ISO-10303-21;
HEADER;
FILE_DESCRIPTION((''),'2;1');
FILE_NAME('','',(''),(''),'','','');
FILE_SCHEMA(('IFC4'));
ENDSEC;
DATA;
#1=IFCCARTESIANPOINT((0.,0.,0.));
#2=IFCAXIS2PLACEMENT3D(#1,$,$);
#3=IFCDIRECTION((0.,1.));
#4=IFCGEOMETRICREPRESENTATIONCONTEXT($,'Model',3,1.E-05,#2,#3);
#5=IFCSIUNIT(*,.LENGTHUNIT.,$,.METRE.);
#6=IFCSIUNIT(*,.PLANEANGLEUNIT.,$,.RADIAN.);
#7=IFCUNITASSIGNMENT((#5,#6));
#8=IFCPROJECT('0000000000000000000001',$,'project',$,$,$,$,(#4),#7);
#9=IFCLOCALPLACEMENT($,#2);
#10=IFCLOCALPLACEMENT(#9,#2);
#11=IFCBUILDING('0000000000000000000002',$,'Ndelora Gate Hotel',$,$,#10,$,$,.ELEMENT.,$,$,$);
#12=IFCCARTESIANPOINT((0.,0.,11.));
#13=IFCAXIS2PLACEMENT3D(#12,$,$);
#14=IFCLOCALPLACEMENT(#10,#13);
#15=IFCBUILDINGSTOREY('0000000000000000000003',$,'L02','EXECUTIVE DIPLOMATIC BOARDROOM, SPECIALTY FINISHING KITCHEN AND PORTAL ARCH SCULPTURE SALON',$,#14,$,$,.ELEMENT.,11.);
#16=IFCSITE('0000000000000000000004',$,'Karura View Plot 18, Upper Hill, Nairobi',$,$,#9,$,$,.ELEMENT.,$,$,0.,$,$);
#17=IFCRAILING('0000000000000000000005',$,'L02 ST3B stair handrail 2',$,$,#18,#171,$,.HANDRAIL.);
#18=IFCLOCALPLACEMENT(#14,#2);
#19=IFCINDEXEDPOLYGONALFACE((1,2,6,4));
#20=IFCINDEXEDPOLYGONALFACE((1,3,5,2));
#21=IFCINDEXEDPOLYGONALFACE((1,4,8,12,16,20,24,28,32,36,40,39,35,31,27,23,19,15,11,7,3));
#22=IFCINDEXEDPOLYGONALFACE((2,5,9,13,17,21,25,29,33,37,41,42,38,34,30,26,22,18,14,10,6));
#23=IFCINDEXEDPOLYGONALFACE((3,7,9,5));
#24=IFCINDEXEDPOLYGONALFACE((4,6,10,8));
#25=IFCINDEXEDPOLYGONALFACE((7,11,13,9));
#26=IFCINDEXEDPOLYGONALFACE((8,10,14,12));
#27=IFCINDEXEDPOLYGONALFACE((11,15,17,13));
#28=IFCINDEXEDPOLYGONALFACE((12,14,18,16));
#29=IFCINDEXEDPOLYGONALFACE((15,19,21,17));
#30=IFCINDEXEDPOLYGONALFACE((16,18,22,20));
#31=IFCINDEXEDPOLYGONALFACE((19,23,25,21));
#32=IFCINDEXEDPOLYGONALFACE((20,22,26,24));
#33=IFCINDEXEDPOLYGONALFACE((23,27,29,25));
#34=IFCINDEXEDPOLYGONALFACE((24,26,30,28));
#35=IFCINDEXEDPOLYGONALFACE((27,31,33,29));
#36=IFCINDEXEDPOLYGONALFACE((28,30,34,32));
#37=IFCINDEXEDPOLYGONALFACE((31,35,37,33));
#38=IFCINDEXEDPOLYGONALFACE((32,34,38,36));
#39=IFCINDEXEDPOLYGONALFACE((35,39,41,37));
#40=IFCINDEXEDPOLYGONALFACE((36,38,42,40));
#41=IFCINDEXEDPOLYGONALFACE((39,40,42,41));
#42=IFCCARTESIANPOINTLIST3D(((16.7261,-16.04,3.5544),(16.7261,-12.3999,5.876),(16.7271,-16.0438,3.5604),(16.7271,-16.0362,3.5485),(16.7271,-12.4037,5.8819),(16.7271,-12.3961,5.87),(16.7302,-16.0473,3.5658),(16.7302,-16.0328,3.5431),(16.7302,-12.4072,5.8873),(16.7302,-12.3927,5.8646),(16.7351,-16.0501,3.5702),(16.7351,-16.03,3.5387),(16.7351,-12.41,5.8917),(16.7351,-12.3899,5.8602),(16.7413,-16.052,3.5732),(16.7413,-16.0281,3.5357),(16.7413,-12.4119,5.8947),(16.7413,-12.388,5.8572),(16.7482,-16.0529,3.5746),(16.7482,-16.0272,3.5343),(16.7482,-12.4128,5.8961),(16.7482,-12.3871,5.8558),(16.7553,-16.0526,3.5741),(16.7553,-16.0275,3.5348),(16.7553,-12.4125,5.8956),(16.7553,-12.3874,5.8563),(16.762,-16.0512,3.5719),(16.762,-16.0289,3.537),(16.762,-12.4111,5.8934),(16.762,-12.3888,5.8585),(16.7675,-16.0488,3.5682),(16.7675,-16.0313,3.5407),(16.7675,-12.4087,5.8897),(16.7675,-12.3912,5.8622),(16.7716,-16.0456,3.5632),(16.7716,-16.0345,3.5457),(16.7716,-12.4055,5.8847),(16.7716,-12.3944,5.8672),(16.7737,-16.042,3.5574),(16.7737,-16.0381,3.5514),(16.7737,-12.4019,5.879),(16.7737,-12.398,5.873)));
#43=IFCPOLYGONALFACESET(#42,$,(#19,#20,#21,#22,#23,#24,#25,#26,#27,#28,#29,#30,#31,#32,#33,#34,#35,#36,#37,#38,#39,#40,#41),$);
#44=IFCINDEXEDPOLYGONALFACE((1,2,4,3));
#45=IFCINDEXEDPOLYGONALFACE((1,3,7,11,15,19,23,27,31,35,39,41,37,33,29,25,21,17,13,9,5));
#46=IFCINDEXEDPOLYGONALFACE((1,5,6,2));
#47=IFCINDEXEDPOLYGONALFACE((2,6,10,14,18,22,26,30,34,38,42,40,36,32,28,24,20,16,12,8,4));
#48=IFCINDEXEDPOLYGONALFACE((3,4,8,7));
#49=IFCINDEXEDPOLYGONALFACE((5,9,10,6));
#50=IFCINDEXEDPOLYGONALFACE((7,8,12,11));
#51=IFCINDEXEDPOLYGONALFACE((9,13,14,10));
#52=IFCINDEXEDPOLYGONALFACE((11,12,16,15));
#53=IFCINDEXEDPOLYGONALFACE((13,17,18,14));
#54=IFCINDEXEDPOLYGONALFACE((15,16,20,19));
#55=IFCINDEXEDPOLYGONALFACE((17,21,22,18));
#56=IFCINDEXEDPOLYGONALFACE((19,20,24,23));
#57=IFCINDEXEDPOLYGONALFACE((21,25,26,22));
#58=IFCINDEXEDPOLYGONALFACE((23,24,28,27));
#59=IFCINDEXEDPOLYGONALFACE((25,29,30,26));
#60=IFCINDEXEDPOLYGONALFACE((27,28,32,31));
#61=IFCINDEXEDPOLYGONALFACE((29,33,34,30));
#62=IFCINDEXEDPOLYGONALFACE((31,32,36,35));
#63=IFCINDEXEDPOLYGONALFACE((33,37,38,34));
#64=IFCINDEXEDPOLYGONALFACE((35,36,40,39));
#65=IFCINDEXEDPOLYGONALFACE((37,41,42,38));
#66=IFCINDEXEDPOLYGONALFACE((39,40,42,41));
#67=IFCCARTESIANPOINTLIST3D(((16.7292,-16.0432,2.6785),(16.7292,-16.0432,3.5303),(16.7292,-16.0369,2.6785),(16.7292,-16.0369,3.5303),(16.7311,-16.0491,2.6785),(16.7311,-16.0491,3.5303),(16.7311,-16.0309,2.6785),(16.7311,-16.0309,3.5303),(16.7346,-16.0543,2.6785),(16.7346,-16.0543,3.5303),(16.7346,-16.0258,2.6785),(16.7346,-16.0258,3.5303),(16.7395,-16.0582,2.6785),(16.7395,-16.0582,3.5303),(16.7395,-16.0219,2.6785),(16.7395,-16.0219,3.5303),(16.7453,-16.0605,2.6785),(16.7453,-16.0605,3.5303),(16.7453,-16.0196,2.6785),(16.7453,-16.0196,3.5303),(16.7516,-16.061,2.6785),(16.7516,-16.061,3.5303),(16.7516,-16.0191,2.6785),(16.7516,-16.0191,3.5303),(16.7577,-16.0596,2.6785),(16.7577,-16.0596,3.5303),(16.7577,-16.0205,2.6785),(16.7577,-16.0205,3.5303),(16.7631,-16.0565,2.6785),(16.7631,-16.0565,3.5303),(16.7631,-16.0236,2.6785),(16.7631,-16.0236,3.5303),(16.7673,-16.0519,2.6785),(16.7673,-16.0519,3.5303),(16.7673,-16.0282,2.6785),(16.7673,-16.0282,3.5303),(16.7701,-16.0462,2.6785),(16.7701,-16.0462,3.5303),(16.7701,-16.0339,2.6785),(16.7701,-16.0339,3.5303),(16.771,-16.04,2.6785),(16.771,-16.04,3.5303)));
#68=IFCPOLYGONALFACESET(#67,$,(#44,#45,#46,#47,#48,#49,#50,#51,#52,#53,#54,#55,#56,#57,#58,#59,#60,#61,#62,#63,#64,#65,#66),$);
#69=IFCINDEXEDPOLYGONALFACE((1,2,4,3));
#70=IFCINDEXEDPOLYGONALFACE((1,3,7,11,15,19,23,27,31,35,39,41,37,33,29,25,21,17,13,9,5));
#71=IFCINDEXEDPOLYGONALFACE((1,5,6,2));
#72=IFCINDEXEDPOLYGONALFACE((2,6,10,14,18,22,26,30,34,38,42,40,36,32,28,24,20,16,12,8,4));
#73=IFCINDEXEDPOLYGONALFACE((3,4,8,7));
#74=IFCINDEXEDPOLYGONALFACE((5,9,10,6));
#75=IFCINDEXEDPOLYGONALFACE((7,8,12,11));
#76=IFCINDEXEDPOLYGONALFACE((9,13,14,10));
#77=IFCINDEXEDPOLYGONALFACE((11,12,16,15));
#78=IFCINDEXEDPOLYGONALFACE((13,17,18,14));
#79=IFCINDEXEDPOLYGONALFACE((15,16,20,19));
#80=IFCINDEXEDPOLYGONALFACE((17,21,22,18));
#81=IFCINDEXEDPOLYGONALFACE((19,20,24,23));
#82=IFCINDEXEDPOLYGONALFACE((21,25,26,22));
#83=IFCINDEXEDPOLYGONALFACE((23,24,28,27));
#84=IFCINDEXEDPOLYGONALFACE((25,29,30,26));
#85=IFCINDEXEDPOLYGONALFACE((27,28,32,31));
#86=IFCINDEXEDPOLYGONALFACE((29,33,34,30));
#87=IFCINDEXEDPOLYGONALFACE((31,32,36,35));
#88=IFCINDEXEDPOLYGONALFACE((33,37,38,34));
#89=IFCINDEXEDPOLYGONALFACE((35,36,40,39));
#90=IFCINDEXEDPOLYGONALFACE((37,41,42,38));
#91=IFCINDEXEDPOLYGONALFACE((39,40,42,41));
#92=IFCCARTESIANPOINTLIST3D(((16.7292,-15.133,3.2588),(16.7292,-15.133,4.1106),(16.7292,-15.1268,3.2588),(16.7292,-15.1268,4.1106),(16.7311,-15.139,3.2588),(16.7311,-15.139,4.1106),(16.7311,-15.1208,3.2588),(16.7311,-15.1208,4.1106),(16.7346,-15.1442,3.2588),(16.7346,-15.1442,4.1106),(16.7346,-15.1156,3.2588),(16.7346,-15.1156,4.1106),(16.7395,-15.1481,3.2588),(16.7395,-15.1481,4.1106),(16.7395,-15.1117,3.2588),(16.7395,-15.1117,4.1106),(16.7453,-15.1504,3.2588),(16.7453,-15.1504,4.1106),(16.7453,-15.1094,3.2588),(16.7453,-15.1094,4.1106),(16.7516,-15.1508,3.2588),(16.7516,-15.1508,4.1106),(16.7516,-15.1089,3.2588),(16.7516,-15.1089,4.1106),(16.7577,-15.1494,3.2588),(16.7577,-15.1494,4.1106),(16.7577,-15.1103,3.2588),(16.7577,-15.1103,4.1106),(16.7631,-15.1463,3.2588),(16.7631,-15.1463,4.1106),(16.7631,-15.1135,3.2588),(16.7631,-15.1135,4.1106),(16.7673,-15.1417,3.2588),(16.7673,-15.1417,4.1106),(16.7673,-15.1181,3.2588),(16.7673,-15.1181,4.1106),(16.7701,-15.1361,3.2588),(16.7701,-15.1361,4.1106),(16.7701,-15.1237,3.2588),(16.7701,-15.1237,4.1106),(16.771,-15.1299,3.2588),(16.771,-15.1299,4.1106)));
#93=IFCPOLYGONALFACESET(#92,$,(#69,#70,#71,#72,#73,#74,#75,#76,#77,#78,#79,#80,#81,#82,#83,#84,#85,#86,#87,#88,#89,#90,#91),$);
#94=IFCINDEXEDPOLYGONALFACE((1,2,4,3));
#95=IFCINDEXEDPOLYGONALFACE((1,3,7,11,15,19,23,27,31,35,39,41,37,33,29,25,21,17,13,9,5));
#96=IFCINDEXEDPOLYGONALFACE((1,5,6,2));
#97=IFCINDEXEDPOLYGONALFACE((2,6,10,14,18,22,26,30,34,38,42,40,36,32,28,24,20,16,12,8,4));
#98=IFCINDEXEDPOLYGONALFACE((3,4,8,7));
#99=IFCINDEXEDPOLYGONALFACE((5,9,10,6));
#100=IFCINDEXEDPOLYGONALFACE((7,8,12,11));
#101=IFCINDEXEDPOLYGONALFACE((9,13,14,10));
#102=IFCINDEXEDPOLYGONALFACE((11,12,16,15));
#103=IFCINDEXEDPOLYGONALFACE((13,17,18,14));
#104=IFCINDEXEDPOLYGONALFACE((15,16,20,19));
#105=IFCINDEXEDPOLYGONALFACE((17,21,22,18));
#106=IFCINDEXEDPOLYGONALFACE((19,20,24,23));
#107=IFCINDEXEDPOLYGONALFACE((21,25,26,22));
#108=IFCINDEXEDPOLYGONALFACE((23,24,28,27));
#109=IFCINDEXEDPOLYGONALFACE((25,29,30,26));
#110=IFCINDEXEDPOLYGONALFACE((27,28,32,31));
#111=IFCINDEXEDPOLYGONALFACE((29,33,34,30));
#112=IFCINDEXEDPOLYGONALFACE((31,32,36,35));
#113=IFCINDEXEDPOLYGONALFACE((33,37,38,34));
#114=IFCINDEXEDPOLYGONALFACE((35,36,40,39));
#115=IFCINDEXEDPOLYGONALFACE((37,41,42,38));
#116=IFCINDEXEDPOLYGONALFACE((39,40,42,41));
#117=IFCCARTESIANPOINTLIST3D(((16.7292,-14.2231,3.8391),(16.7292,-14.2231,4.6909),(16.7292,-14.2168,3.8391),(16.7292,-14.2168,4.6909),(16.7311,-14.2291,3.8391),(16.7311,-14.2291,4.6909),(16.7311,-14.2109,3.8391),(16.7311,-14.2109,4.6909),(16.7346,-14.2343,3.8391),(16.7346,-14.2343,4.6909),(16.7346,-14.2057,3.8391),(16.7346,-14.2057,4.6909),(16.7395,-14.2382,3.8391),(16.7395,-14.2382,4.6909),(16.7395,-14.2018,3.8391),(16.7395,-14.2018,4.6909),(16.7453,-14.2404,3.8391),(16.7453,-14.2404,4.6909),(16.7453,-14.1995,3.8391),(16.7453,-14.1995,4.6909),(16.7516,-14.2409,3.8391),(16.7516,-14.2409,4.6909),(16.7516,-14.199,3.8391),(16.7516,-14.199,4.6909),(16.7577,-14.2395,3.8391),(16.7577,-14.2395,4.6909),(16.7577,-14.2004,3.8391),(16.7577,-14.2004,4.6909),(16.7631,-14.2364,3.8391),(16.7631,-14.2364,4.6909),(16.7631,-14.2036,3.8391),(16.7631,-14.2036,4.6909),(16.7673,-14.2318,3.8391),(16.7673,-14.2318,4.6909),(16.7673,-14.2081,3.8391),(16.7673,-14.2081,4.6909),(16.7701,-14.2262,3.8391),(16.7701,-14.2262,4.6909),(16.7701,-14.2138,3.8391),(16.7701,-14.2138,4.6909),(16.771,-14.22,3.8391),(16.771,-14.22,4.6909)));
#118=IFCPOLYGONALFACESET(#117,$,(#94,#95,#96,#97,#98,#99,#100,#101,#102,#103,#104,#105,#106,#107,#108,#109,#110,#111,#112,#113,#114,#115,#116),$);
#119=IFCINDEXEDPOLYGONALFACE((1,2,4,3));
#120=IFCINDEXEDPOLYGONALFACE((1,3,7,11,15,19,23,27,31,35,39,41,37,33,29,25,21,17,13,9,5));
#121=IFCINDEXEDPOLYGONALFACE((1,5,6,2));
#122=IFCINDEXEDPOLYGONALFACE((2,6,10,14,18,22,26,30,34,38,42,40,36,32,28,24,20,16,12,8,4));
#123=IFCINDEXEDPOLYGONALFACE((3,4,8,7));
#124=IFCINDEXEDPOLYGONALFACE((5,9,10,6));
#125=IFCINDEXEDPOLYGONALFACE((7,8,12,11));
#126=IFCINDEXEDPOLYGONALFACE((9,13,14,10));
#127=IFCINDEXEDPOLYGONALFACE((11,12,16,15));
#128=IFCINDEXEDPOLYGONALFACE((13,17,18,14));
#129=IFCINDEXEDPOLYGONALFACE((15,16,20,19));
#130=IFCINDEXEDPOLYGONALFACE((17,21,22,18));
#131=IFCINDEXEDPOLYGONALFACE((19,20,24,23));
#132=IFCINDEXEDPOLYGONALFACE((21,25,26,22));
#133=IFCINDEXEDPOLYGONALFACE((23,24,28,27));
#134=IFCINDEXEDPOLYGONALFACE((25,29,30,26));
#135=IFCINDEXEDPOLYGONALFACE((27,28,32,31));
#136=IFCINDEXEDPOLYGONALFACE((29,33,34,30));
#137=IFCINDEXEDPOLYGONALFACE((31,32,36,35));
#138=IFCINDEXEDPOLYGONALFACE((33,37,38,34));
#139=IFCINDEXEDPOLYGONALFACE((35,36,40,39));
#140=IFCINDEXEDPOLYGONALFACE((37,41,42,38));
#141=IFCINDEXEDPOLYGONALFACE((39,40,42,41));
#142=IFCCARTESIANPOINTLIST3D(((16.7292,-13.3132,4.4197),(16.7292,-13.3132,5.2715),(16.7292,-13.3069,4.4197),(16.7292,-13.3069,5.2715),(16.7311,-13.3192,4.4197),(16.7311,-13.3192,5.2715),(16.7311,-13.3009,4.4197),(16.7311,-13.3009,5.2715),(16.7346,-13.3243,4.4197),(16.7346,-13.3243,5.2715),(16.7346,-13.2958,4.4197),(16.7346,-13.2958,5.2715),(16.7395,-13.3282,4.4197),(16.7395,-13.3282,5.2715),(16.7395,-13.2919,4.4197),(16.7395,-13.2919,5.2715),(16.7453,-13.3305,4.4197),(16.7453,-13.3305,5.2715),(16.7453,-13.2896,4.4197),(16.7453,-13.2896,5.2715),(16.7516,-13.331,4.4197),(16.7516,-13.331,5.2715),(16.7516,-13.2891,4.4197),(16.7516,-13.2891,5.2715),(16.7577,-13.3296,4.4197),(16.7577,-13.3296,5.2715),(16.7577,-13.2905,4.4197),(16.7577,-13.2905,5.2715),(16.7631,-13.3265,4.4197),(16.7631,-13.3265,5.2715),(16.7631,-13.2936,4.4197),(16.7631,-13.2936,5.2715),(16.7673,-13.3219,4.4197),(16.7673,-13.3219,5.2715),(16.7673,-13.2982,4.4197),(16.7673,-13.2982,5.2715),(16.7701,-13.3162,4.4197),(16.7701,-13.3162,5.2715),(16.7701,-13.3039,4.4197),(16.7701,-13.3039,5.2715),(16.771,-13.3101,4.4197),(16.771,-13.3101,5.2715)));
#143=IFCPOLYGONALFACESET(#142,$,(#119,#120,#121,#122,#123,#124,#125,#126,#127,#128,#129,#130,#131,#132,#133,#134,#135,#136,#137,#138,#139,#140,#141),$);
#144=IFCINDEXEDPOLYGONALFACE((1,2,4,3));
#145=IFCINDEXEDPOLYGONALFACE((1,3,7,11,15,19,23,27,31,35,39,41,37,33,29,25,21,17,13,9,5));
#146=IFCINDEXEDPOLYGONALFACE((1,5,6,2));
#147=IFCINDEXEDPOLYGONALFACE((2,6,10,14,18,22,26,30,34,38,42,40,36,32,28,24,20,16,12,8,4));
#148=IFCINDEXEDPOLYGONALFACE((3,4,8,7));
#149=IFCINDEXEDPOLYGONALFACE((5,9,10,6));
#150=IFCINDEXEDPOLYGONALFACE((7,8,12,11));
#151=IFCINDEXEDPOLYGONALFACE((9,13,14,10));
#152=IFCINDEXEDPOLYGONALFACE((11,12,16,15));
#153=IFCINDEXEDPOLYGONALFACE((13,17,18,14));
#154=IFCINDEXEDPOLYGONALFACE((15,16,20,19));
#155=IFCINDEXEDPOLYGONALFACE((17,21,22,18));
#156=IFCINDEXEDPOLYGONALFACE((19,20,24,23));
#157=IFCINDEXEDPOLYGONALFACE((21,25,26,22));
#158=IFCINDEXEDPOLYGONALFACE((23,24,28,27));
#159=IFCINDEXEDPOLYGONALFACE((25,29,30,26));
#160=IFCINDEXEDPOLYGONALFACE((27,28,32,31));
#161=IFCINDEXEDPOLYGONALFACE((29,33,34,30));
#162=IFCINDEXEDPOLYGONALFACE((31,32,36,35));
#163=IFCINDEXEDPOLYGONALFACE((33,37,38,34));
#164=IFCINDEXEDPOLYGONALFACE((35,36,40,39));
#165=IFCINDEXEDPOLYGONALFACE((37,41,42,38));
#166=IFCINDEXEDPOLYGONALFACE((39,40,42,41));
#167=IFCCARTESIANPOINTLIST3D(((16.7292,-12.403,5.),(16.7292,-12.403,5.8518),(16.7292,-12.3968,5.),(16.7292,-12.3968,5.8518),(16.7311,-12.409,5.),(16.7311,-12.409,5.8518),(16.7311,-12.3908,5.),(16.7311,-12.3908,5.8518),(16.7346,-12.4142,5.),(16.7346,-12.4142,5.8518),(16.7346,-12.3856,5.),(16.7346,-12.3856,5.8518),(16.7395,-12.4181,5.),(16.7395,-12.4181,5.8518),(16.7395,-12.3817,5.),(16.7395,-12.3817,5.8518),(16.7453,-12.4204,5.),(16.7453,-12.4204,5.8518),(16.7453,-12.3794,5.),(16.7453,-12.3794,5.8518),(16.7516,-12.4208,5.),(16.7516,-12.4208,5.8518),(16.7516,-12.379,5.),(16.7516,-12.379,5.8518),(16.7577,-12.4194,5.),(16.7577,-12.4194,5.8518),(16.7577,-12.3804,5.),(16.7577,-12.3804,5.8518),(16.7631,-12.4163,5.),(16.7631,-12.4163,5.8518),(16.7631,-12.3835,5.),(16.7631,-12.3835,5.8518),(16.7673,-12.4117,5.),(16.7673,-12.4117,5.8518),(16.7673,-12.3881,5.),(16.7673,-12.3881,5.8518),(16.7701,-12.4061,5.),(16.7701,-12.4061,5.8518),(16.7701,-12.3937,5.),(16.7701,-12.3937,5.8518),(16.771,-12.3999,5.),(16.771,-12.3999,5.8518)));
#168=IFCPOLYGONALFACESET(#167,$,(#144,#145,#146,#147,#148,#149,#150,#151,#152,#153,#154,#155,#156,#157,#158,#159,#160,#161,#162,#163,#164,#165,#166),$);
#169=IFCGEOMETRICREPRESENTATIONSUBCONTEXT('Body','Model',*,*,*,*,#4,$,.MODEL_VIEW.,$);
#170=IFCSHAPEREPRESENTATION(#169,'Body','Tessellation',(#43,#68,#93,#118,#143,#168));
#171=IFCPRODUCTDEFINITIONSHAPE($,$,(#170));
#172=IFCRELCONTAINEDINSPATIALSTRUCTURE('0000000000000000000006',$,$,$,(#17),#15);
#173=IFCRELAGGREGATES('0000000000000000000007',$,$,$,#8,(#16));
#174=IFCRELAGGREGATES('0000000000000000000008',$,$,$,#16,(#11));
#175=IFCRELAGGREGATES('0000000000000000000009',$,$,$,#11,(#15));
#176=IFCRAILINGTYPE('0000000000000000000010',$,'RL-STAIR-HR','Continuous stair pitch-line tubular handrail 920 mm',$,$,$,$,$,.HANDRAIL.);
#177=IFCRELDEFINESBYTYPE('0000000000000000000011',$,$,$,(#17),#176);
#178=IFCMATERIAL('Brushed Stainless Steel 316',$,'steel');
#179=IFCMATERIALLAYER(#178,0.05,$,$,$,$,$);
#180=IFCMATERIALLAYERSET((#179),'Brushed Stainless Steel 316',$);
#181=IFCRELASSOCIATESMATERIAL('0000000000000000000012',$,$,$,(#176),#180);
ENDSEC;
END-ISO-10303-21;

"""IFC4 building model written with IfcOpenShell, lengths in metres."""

from ifc_helpers import new_model, si_unit, direction, frame, origin, origin_2d, place, context, subcontext, project, spatial, circle, extrude, material, layer, layer_set, type_object, element, save


model = new_model("IFC4")

# Units and contexts
model_context = context("Model", 3, precision=1e-05, world=origin(), true_north=direction((0.0, 1.0)))
body_context = subcontext(model_context, "Body", "Model", "MODEL_VIEW")
ifc_project = project(units=[si_unit("LENGTHUNIT", "METRE"), si_unit("PLANEANGLEUNIT", "RADIAN")], contexts=[model_context])

# Site, building, storey
site_placement = place(None, origin())
site = spatial("IfcSite", under=ifc_project, at=site_placement, Name="Karura View Plot 18, Upper Hill, Nairobi", CompositionType="ELEMENT", RefElevation=0.0)
building_placement = place(site_placement, origin())
building = spatial("IfcBuilding", under=site, at=building_placement, Name="Ndelora Gate Hotel", CompositionType="ELEMENT")
storey_placement = place(building_placement, frame((0.0, 0.0, 11.0)))
storey = spatial("IfcBuildingStorey", under=building, at=storey_placement, Name="L02", Description="EXECUTIVE DIPLOMATIC BOARDROOM, SPECIALTY FINISHING KITCHEN AND PORTAL ARCH SCULPTURE SALON", CompositionType="ELEMENT", Elevation=11.0)

# Railing
ifc_material_1 = material(Name="Brushed Stainless Steel 316", Category="steel")
ifc_layer_1 = layer(ifc_material_1, 0.05)
ifc_layer_set_1 = layer_set([ifc_layer_1], Name="Brushed Stainless Steel 316")
railing_type_1 = type_object("IfcRailingType", Name="RL-STAIR-HR", Description="Continuous stair pitch-line tubular handrail 920 mm", PredefinedType="HANDRAIL", material=ifc_layer_set_1)
railing_1_placement = place(storey_placement, frame((16.75, -16.04, 2.6785)))
element("IfcRailing", 1, at=railing_1_placement, inside=storey, type_object=railing_type_1, Name="L02 ST3B stair handrail 2", PredefinedType="HANDRAIL", context=body_context, shape_type="SweptSolid", body=[
    extrude(circle(Radius=0.0239, at=origin_2d()), frame((0.0, 0.0, 0.876), z_axis=(0.0, 0.843128, 0.537713), x_axis=(-1.0, 0.0, 0.0)), (0.0, 0.0, 1.0), 4.3174),
    extrude(circle(Radius=0.021, at=origin_2d()), origin(), (0.0, 0.0, 1.0), 0.8518),
    extrude(circle(Radius=0.021, at=origin_2d()), frame((0.0, 0.9102, 0.5803)), (0.0, 0.0, 1.0), 0.8518),
    extrude(circle(Radius=0.021, at=origin_2d()), frame((0.0, 1.8201, 1.1606)), (0.0, 0.0, 1.0), 0.8518),
    extrude(circle(Radius=0.021, at=origin_2d()), frame((0.0, 2.73, 1.7412)), (0.0, 0.0, 1.0), 0.8518),
    extrude(circle(Radius=0.021, at=origin_2d()), frame((0.0, 3.6401, 2.3215)), (0.0, 0.0, 1.0), 0.8518),
])

save(model, "model.ifc")
